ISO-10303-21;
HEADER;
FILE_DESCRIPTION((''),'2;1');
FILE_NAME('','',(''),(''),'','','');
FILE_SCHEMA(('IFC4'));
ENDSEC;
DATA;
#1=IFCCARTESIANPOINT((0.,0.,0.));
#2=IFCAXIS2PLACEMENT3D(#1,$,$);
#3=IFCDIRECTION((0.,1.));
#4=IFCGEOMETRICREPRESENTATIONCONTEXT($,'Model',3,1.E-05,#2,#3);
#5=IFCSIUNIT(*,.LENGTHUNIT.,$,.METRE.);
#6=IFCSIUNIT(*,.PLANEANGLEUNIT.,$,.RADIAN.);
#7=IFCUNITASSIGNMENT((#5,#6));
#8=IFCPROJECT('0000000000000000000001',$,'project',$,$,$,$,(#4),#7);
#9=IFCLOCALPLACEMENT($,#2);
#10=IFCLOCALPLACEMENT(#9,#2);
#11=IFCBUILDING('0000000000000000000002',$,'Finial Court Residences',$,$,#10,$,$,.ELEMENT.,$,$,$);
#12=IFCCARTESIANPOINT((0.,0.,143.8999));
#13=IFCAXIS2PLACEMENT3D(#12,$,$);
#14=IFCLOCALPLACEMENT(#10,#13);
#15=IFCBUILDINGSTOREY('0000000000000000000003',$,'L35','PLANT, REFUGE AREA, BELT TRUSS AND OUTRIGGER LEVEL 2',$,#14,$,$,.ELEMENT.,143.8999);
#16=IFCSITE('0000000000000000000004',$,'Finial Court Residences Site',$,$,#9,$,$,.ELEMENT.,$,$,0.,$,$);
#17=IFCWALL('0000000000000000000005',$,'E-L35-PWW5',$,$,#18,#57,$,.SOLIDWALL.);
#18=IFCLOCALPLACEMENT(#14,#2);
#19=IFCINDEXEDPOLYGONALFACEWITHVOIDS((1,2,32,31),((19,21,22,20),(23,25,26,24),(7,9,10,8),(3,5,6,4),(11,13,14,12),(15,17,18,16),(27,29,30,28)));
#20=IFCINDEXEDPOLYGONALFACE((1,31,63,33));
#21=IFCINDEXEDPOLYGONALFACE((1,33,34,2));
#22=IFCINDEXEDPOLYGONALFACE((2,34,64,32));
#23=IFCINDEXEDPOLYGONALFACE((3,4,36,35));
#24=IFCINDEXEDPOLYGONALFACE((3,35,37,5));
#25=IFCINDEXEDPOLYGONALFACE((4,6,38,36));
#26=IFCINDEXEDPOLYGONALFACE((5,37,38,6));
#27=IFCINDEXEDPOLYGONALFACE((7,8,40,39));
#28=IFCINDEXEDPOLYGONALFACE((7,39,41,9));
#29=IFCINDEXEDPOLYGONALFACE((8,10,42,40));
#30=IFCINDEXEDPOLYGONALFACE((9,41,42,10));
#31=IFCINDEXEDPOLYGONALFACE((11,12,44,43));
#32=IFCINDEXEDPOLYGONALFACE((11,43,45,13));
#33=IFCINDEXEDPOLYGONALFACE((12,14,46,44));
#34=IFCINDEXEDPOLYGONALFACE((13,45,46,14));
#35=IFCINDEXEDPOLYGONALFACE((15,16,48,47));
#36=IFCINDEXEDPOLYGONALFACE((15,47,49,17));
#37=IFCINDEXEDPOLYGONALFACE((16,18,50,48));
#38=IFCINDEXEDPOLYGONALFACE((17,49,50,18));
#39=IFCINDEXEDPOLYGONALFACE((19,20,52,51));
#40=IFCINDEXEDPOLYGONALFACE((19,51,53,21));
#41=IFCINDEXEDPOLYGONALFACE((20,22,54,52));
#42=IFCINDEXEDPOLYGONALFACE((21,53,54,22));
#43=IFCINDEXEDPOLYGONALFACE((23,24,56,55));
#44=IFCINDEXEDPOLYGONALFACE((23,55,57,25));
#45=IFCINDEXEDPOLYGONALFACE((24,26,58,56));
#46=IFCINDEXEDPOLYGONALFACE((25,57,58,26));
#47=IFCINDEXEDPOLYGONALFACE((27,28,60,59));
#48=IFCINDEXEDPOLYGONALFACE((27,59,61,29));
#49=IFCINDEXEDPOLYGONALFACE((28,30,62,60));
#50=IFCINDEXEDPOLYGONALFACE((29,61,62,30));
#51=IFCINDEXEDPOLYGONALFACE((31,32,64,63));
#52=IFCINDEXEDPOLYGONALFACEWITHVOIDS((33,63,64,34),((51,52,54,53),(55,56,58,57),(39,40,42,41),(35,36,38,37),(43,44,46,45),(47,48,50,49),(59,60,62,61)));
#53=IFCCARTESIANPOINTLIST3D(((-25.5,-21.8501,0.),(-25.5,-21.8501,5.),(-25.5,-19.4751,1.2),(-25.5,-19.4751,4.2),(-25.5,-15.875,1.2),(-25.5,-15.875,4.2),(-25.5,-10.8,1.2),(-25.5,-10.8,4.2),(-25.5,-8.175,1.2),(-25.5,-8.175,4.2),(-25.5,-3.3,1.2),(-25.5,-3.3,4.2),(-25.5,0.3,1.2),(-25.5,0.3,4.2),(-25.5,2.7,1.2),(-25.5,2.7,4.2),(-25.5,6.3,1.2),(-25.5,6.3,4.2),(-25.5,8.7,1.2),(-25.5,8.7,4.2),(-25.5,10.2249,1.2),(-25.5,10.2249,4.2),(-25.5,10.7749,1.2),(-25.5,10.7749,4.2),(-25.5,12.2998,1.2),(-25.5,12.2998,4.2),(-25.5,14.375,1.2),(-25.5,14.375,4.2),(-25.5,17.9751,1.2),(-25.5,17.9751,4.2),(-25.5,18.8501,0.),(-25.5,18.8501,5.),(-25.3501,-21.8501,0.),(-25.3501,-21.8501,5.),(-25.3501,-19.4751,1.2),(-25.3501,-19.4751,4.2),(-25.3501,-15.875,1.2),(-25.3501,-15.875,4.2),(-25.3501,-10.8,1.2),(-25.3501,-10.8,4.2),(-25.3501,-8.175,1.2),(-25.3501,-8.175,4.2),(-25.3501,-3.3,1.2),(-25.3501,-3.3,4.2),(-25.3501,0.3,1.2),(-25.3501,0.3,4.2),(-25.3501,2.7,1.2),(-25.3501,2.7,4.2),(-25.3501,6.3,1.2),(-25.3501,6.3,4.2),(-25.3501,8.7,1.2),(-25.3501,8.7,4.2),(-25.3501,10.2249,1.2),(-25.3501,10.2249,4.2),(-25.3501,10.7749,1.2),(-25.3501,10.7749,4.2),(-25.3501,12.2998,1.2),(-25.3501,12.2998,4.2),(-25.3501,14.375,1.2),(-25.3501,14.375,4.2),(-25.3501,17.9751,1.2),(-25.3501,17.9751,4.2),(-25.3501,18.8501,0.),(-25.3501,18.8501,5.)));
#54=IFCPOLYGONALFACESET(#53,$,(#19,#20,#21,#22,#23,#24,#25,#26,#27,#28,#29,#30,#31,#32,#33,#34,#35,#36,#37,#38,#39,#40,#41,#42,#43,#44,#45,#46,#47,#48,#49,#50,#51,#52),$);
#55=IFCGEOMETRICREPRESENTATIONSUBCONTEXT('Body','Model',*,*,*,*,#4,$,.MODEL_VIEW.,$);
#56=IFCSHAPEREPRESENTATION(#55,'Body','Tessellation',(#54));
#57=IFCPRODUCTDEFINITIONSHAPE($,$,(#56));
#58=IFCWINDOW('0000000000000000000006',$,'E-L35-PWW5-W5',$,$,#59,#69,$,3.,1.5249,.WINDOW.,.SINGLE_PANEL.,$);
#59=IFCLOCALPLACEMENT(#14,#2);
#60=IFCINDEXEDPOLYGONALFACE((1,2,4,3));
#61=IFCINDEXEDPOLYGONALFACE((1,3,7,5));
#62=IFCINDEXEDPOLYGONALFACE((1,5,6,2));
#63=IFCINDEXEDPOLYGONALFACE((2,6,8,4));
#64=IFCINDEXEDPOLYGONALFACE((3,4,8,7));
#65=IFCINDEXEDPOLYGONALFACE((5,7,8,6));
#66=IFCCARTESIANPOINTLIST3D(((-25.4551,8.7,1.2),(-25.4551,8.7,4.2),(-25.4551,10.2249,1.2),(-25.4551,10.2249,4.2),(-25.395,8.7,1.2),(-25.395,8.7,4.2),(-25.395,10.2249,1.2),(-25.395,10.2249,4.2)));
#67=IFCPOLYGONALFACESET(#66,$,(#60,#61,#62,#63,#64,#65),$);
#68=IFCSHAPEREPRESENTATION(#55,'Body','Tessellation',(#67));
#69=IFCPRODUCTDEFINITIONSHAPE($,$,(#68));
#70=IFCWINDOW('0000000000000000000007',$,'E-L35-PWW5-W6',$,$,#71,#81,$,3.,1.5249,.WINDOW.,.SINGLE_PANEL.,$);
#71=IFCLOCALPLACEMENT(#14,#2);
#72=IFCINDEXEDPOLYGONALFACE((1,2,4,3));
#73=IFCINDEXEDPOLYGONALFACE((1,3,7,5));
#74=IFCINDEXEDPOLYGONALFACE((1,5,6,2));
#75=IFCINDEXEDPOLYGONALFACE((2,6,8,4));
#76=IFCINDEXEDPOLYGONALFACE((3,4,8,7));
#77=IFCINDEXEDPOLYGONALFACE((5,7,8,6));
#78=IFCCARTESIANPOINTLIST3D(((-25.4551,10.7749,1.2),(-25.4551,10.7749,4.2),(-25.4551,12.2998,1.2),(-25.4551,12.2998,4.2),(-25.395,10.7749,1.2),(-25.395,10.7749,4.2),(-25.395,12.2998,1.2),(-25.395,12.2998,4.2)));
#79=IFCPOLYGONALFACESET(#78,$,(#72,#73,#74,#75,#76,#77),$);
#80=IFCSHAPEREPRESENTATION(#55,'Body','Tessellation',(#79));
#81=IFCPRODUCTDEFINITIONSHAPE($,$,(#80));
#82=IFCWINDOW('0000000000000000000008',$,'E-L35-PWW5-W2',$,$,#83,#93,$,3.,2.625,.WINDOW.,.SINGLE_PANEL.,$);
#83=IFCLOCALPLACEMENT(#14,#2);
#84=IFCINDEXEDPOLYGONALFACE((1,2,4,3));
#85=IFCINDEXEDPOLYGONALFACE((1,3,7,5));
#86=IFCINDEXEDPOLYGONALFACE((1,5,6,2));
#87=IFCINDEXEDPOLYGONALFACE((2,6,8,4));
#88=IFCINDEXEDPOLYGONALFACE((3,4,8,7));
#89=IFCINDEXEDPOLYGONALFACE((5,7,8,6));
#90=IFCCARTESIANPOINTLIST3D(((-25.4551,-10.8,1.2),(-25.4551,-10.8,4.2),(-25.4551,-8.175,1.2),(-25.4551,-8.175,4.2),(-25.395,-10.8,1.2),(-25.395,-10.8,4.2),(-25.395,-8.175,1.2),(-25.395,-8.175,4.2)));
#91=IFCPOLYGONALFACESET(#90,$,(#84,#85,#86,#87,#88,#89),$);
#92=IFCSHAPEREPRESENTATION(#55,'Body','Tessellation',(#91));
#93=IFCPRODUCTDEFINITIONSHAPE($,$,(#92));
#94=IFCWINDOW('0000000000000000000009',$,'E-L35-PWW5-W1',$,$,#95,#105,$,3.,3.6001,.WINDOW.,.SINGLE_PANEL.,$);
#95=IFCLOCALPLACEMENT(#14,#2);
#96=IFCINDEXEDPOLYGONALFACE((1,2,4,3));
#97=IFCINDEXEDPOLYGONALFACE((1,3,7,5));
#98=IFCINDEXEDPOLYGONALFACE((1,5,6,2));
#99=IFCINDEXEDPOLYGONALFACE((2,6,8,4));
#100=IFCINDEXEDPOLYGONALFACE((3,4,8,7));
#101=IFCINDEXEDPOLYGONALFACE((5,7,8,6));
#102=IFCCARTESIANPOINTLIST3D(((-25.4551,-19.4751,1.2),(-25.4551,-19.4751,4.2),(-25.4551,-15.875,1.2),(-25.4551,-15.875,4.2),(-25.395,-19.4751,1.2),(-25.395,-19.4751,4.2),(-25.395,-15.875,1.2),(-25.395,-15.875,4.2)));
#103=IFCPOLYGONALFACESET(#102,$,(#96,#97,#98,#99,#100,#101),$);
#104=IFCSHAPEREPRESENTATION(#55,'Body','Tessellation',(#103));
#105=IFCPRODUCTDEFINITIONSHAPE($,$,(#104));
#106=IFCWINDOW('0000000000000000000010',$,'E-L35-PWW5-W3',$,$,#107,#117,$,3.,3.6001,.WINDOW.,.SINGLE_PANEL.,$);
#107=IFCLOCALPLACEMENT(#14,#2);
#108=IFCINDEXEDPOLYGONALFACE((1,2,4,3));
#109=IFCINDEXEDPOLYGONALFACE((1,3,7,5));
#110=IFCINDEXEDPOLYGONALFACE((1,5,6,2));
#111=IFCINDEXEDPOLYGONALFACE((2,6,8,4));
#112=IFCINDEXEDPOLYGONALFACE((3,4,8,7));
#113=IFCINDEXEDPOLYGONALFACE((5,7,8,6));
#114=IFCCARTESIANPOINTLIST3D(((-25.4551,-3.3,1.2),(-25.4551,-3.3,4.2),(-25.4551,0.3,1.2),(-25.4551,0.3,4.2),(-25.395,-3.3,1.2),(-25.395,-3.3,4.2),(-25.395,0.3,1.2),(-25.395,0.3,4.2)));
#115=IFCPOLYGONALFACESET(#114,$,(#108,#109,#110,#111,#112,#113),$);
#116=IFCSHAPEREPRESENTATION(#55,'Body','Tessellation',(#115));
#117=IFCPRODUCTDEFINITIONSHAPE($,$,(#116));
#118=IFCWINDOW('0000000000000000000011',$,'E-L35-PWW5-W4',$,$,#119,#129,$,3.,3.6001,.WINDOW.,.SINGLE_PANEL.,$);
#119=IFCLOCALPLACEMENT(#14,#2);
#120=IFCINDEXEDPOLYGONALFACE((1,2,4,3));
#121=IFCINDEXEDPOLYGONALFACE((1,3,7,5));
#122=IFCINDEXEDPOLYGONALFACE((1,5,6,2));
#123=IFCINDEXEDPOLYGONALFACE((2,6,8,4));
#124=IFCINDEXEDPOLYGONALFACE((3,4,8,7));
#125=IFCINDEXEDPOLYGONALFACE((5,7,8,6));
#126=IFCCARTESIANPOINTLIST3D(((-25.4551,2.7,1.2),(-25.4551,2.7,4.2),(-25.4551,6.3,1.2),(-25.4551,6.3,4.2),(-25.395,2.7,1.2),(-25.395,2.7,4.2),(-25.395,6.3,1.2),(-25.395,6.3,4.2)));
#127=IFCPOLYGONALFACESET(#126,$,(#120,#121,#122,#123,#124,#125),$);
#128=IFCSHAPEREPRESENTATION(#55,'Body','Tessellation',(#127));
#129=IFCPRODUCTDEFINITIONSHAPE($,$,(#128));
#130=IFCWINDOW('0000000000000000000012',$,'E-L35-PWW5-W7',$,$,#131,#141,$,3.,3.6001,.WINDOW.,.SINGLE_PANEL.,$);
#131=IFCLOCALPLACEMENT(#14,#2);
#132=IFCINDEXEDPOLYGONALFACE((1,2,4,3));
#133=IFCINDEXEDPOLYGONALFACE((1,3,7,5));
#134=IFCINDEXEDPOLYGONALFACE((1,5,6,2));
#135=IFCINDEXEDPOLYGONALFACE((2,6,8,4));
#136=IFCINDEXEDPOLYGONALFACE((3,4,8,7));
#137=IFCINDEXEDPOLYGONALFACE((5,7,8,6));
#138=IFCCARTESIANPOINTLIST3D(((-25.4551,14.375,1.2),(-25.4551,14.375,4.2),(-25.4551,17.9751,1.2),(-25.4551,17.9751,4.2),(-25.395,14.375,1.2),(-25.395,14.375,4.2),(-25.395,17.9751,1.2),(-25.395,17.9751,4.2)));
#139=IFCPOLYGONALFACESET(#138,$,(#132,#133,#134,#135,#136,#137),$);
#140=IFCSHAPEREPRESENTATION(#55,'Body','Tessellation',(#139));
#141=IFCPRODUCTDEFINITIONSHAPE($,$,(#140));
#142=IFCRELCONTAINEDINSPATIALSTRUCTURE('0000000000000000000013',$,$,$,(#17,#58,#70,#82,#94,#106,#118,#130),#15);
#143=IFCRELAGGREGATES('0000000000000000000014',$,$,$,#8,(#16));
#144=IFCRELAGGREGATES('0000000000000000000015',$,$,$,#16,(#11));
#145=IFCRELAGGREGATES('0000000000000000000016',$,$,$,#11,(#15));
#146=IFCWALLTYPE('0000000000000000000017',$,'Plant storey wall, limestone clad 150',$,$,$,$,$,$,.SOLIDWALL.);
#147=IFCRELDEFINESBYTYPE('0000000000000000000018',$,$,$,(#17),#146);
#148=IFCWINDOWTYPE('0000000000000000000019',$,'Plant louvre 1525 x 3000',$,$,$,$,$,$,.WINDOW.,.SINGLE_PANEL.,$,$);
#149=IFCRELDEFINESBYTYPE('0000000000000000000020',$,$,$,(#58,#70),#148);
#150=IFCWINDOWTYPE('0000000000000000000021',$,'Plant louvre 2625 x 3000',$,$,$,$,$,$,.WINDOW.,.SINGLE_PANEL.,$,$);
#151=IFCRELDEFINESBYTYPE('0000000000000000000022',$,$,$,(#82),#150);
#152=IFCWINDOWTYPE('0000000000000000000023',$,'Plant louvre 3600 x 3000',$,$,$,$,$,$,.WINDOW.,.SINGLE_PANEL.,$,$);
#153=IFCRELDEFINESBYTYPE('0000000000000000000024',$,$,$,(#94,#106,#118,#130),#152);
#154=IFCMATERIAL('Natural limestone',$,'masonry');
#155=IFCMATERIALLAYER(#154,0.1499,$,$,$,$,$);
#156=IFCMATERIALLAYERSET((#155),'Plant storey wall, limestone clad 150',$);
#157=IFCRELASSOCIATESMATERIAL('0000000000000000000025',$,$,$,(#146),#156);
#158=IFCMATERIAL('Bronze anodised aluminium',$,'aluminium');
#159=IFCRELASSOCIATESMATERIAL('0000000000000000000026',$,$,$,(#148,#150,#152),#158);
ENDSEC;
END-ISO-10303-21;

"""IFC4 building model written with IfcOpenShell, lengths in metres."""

from ifc_helpers import new_model, si_unit, direction, frame, frame_2d, origin, place, context, subcontext, project, spatial, rectangle, extrude, material, layer, layer_set, type_object, element, fill, save


model = new_model("IFC4")

# Units and contexts
model_context = context("Model", 3, precision=1e-05, world=origin(), true_north=direction((0.0, 1.0)))
body_context = subcontext(model_context, "Body", "Model", "MODEL_VIEW")
ifc_project = project(units=[si_unit("LENGTHUNIT", "METRE"), si_unit("PLANEANGLEUNIT", "RADIAN")], contexts=[model_context])

# Site, building, storey
site_placement = place(None, origin())
site = spatial("IfcSite", under=ifc_project, at=site_placement, Name="Finial Court Residences Site", CompositionType="ELEMENT", RefElevation=0.0)
building_placement = place(site_placement, origin())
building = spatial("IfcBuilding", under=site, at=building_placement, Name="Finial Court Residences", CompositionType="ELEMENT")
storey_placement = place(building_placement, frame((0.0, 0.0, 143.8999)))
storey = spatial("IfcBuildingStorey", under=building, at=storey_placement, Name="L35", Description="PLANT, REFUGE AREA, BELT TRUSS AND OUTRIGGER LEVEL 2", CompositionType="ELEMENT", Elevation=143.8999)

# Wall, openings, windows
ifc_material_1 = material(Name="Natural limestone", Category="masonry")
ifc_layer_1 = layer(ifc_material_1, 0.1499)
ifc_layer_set_1 = layer_set([ifc_layer_1], Name="Plant storey wall, limestone clad 150")
wall_type = type_object("IfcWallType", Name="Plant storey wall, limestone clad 150", PredefinedType="SOLIDWALL", material=ifc_layer_set_1)
wall_1_placement = place(storey_placement, frame((-25.425, -21.8501, 0.0), z_axis=(0.0, 0.0, 1.0), x_axis=(0.0, 1.0, 0.0)))
wall_1 = element("IfcWall", 1, at=wall_1_placement, inside=storey, type_object=wall_type, Name="E-L35-PWW5", PredefinedType="SOLIDWALL", context=body_context, shape_type="SweptSolid", body=[
    extrude(rectangle(XDim=40.7002, YDim=0.1499, at=frame_2d((20.3501, 0.0))), origin(), (0.0, 0.0, 1.0), 5.0),
])
opening_1_placement = place(wall_1_placement, frame((2.375, 0.0, 1.2)))
opening_1 = element("IfcOpeningElement", 2, at=opening_1_placement, cuts=wall_1, PredefinedType="OPENING", context=body_context, shape_type="SweptSolid", body=[
    extrude(rectangle(XDim=3.6001, YDim=3.0, at=frame_2d((1.8, 1.5))), frame((0.0, 0.085, 0.0), z_axis=(0.0, -1.0, 0.0), x_axis=(1.0, 0.0, 0.0)), (0.0, 0.0, 1.0), 0.1699),
])
opening_2_placement = place(wall_1_placement, frame((11.05, 0.0, 1.2)))
opening_2 = element("IfcOpeningElement", 3, at=opening_2_placement, cuts=wall_1, PredefinedType="OPENING", context=body_context, shape_type="SweptSolid", body=[
    extrude(rectangle(XDim=2.625, YDim=3.0, at=frame_2d((1.3125, 1.5))), frame((0.0, 0.085, 0.0), z_axis=(0.0, -1.0, 0.0), x_axis=(1.0, 0.0, 0.0)), (0.0, 0.0, 1.0), 0.1699),
])
opening_3_placement = place(wall_1_placement, frame((18.55, 0.0, 1.2)))
opening_3 = element("IfcOpeningElement", 4, at=opening_3_placement, cuts=wall_1, PredefinedType="OPENING", context=body_context, shape_type="SweptSolid", body=[
    extrude(rectangle(XDim=3.6001, YDim=3.0, at=frame_2d((1.8, 1.5))), frame((0.0, 0.085, 0.0), z_axis=(0.0, -1.0, 0.0), x_axis=(1.0, 0.0, 0.0)), (0.0, 0.0, 1.0), 0.1699),
])
opening_4_placement = place(wall_1_placement, frame((24.55, 0.0, 1.2)))
opening_4 = element("IfcOpeningElement", 5, at=opening_4_placement, cuts=wall_1, PredefinedType="OPENING", context=body_context, shape_type="SweptSolid", body=[
    extrude(rectangle(XDim=3.6001, YDim=3.0, at=frame_2d((1.8, 1.5))), frame((0.0, 0.085, 0.0), z_axis=(0.0, -1.0, 0.0), x_axis=(1.0, 0.0, 0.0)), (0.0, 0.0, 1.0), 0.1699),
])
opening_5_placement = place(wall_1_placement, frame((30.55, 0.0, 1.2)))
opening_5 = element("IfcOpeningElement", 6, at=opening_5_placement, cuts=wall_1, PredefinedType="OPENING", context=body_context, shape_type="SweptSolid", body=[
    extrude(rectangle(XDim=1.5249, YDim=3.0, at=frame_2d((0.7625, 1.5))), frame((0.0, 0.085, 0.0), z_axis=(0.0, -1.0, 0.0), x_axis=(1.0, 0.0, 0.0)), (0.0, 0.0, 1.0), 0.1699),
])
opening_6_placement = place(wall_1_placement, frame((32.625, 0.0, 1.2)))
opening_6 = element("IfcOpeningElement", 7, at=opening_6_placement, cuts=wall_1, PredefinedType="OPENING", context=body_context, shape_type="SweptSolid", body=[
    extrude(rectangle(XDim=1.5249, YDim=3.0, at=frame_2d((0.7625, 1.5))), frame((0.0, 0.085, 0.0), z_axis=(0.0, -1.0, 0.0), x_axis=(1.0, 0.0, 0.0)), (0.0, 0.0, 1.0), 0.1699),
])
opening_7_placement = place(wall_1_placement, frame((36.2251, 0.0, 1.2)))
opening_7 = element("IfcOpeningElement", 8, at=opening_7_placement, cuts=wall_1, PredefinedType="OPENING", context=body_context, shape_type="SweptSolid", body=[
    extrude(rectangle(XDim=3.6001, YDim=3.0, at=frame_2d((1.8, 1.5))), frame((0.0, 0.085, 0.0), z_axis=(0.0, -1.0, 0.0), x_axis=(1.0, 0.0, 0.0)), (0.0, 0.0, 1.0), 0.1699),
])
ifc_material_2 = material(Name="Bronze anodised aluminium", Category="aluminium")
window_type_1 = type_object("IfcWindowType", Name="Plant louvre 1525 x 3000", PartitioningType="SINGLE_PANEL", PredefinedType="WINDOW", material=ifc_material_2)
window_1_placement = place(opening_5_placement, origin())
window_1 = element("IfcWindow", 9, at=window_1_placement, inside=storey, type_object=window_type_1, Name="E-L35-PWW5-W5", OverallHeight=3.0, OverallWidth=1.5249, PartitioningType="SINGLE_PANEL", PredefinedType="WINDOW", context=body_context, shape_type="SweptSolid", body=[
    extrude(rectangle(XDim=1.5249, YDim=3.0, at=frame_2d((0.7625, 1.5))), frame((0.0, 0.03, 0.0), z_axis=(0.0, -1.0, 0.0), x_axis=(1.0, 0.0, 0.0)), (0.0, 0.0, 1.0), 0.0601),
])
fill(opening_5, window_1)
window_2_placement = place(opening_6_placement, origin())
window_2 = element("IfcWindow", 10, at=window_2_placement, inside=storey, type_object=window_type_1, Name="E-L35-PWW5-W6", OverallHeight=3.0, OverallWidth=1.5249, PartitioningType="SINGLE_PANEL", PredefinedType="WINDOW", context=body_context, shape_type="SweptSolid", body=[
    extrude(rectangle(XDim=1.5249, YDim=3.0, at=frame_2d((0.7625, 1.5))), frame((0.0, 0.03, 0.0), z_axis=(0.0, -1.0, 0.0), x_axis=(1.0, 0.0, 0.0)), (0.0, 0.0, 1.0), 0.0601),
])
fill(opening_6, window_2)
window_type_2 = type_object("IfcWindowType", Name="Plant louvre 2625 x 3000", PartitioningType="SINGLE_PANEL", PredefinedType="WINDOW", material=ifc_material_2)
window_3_placement = place(opening_2_placement, origin())
window_3 = element("IfcWindow", 11, at=window_3_placement, inside=storey, type_object=window_type_2, Name="E-L35-PWW5-W2", OverallHeight=3.0, OverallWidth=2.625, PartitioningType="SINGLE_PANEL", PredefinedType="WINDOW", context=body_context, shape_type="SweptSolid", body=[
    extrude(rectangle(XDim=2.625, YDim=3.0, at=frame_2d((1.3125, 1.5))), frame((0.0, 0.03, 0.0), z_axis=(0.0, -1.0, 0.0), x_axis=(1.0, 0.0, 0.0)), (0.0, 0.0, 1.0), 0.0601),
])
fill(opening_2, window_3)
window_type_3 = type_object("IfcWindowType", Name="Plant louvre 3600 x 3000", PartitioningType="SINGLE_PANEL", PredefinedType="WINDOW", material=ifc_material_2)
window_4_placement = place(opening_1_placement, origin())
window_4 = element("IfcWindow", 12, at=window_4_placement, inside=storey, type_object=window_type_3, Name="E-L35-PWW5-W1", OverallHeight=3.0, OverallWidth=3.6001, PartitioningType="SINGLE_PANEL", PredefinedType="WINDOW", context=body_context, shape_type="SweptSolid", body=[
    extrude(rectangle(XDim=3.6001, YDim=3.0, at=frame_2d((1.8, 1.5))), frame((0.0, 0.03, 0.0), z_axis=(0.0, -1.0, 0.0), x_axis=(1.0, 0.0, 0.0)), (0.0, 0.0, 1.0), 0.0601),
])
fill(opening_1, window_4)
window_5_placement = place(opening_3_placement, origin())
window_5 = element("IfcWindow", 13, at=window_5_placement, inside=storey, type_object=window_type_3, Name="E-L35-PWW5-W3", OverallHeight=3.0, OverallWidth=3.6001, PartitioningType="SINGLE_PANEL", PredefinedType="WINDOW", context=body_context, shape_type="SweptSolid", body=[
    extrude(rectangle(XDim=3.6001, YDim=3.0, at=frame_2d((1.8, 1.5))), frame((0.0, 0.03, 0.0), z_axis=(0.0, -1.0, 0.0), x_axis=(1.0, 0.0, 0.0)), (0.0, 0.0, 1.0), 0.0601),
])
fill(opening_3, window_5)
window_6_placement = place(opening_4_placement, origin())
window_6 = element("IfcWindow", 14, at=window_6_placement, inside=storey, type_object=window_type_3, Name="E-L35-PWW5-W4", OverallHeight=3.0, OverallWidth=3.6001, PartitioningType="SINGLE_PANEL", PredefinedType="WINDOW", context=body_context, shape_type="SweptSolid", body=[
    extrude(rectangle(XDim=3.6001, YDim=3.0, at=frame_2d((1.8, 1.5))), frame((0.0, 0.03, 0.0), z_axis=(0.0, -1.0, 0.0), x_axis=(1.0, 0.0, 0.0)), (0.0, 0.0, 1.0), 0.0601),
])
fill(opening_4, window_6)
window_7_placement = place(opening_7_placement, origin())
window_7 = element("IfcWindow", 15, at=window_7_placement, inside=storey, type_object=window_type_3, Name="E-L35-PWW5-W7", OverallHeight=3.0, OverallWidth=3.6001, PartitioningType="SINGLE_PANEL", PredefinedType="WINDOW", context=body_context, shape_type="SweptSolid", body=[
    extrude(rectangle(XDim=3.6001, YDim=3.0, at=frame_2d((1.8, 1.5))), frame((0.0, 0.03, 0.0), z_axis=(0.0, -1.0, 0.0), x_axis=(1.0, 0.0, 0.0)), (0.0, 0.0, 1.0), 0.0601),
])
fill(opening_7, window_7)

save(model, "model.ifc")
